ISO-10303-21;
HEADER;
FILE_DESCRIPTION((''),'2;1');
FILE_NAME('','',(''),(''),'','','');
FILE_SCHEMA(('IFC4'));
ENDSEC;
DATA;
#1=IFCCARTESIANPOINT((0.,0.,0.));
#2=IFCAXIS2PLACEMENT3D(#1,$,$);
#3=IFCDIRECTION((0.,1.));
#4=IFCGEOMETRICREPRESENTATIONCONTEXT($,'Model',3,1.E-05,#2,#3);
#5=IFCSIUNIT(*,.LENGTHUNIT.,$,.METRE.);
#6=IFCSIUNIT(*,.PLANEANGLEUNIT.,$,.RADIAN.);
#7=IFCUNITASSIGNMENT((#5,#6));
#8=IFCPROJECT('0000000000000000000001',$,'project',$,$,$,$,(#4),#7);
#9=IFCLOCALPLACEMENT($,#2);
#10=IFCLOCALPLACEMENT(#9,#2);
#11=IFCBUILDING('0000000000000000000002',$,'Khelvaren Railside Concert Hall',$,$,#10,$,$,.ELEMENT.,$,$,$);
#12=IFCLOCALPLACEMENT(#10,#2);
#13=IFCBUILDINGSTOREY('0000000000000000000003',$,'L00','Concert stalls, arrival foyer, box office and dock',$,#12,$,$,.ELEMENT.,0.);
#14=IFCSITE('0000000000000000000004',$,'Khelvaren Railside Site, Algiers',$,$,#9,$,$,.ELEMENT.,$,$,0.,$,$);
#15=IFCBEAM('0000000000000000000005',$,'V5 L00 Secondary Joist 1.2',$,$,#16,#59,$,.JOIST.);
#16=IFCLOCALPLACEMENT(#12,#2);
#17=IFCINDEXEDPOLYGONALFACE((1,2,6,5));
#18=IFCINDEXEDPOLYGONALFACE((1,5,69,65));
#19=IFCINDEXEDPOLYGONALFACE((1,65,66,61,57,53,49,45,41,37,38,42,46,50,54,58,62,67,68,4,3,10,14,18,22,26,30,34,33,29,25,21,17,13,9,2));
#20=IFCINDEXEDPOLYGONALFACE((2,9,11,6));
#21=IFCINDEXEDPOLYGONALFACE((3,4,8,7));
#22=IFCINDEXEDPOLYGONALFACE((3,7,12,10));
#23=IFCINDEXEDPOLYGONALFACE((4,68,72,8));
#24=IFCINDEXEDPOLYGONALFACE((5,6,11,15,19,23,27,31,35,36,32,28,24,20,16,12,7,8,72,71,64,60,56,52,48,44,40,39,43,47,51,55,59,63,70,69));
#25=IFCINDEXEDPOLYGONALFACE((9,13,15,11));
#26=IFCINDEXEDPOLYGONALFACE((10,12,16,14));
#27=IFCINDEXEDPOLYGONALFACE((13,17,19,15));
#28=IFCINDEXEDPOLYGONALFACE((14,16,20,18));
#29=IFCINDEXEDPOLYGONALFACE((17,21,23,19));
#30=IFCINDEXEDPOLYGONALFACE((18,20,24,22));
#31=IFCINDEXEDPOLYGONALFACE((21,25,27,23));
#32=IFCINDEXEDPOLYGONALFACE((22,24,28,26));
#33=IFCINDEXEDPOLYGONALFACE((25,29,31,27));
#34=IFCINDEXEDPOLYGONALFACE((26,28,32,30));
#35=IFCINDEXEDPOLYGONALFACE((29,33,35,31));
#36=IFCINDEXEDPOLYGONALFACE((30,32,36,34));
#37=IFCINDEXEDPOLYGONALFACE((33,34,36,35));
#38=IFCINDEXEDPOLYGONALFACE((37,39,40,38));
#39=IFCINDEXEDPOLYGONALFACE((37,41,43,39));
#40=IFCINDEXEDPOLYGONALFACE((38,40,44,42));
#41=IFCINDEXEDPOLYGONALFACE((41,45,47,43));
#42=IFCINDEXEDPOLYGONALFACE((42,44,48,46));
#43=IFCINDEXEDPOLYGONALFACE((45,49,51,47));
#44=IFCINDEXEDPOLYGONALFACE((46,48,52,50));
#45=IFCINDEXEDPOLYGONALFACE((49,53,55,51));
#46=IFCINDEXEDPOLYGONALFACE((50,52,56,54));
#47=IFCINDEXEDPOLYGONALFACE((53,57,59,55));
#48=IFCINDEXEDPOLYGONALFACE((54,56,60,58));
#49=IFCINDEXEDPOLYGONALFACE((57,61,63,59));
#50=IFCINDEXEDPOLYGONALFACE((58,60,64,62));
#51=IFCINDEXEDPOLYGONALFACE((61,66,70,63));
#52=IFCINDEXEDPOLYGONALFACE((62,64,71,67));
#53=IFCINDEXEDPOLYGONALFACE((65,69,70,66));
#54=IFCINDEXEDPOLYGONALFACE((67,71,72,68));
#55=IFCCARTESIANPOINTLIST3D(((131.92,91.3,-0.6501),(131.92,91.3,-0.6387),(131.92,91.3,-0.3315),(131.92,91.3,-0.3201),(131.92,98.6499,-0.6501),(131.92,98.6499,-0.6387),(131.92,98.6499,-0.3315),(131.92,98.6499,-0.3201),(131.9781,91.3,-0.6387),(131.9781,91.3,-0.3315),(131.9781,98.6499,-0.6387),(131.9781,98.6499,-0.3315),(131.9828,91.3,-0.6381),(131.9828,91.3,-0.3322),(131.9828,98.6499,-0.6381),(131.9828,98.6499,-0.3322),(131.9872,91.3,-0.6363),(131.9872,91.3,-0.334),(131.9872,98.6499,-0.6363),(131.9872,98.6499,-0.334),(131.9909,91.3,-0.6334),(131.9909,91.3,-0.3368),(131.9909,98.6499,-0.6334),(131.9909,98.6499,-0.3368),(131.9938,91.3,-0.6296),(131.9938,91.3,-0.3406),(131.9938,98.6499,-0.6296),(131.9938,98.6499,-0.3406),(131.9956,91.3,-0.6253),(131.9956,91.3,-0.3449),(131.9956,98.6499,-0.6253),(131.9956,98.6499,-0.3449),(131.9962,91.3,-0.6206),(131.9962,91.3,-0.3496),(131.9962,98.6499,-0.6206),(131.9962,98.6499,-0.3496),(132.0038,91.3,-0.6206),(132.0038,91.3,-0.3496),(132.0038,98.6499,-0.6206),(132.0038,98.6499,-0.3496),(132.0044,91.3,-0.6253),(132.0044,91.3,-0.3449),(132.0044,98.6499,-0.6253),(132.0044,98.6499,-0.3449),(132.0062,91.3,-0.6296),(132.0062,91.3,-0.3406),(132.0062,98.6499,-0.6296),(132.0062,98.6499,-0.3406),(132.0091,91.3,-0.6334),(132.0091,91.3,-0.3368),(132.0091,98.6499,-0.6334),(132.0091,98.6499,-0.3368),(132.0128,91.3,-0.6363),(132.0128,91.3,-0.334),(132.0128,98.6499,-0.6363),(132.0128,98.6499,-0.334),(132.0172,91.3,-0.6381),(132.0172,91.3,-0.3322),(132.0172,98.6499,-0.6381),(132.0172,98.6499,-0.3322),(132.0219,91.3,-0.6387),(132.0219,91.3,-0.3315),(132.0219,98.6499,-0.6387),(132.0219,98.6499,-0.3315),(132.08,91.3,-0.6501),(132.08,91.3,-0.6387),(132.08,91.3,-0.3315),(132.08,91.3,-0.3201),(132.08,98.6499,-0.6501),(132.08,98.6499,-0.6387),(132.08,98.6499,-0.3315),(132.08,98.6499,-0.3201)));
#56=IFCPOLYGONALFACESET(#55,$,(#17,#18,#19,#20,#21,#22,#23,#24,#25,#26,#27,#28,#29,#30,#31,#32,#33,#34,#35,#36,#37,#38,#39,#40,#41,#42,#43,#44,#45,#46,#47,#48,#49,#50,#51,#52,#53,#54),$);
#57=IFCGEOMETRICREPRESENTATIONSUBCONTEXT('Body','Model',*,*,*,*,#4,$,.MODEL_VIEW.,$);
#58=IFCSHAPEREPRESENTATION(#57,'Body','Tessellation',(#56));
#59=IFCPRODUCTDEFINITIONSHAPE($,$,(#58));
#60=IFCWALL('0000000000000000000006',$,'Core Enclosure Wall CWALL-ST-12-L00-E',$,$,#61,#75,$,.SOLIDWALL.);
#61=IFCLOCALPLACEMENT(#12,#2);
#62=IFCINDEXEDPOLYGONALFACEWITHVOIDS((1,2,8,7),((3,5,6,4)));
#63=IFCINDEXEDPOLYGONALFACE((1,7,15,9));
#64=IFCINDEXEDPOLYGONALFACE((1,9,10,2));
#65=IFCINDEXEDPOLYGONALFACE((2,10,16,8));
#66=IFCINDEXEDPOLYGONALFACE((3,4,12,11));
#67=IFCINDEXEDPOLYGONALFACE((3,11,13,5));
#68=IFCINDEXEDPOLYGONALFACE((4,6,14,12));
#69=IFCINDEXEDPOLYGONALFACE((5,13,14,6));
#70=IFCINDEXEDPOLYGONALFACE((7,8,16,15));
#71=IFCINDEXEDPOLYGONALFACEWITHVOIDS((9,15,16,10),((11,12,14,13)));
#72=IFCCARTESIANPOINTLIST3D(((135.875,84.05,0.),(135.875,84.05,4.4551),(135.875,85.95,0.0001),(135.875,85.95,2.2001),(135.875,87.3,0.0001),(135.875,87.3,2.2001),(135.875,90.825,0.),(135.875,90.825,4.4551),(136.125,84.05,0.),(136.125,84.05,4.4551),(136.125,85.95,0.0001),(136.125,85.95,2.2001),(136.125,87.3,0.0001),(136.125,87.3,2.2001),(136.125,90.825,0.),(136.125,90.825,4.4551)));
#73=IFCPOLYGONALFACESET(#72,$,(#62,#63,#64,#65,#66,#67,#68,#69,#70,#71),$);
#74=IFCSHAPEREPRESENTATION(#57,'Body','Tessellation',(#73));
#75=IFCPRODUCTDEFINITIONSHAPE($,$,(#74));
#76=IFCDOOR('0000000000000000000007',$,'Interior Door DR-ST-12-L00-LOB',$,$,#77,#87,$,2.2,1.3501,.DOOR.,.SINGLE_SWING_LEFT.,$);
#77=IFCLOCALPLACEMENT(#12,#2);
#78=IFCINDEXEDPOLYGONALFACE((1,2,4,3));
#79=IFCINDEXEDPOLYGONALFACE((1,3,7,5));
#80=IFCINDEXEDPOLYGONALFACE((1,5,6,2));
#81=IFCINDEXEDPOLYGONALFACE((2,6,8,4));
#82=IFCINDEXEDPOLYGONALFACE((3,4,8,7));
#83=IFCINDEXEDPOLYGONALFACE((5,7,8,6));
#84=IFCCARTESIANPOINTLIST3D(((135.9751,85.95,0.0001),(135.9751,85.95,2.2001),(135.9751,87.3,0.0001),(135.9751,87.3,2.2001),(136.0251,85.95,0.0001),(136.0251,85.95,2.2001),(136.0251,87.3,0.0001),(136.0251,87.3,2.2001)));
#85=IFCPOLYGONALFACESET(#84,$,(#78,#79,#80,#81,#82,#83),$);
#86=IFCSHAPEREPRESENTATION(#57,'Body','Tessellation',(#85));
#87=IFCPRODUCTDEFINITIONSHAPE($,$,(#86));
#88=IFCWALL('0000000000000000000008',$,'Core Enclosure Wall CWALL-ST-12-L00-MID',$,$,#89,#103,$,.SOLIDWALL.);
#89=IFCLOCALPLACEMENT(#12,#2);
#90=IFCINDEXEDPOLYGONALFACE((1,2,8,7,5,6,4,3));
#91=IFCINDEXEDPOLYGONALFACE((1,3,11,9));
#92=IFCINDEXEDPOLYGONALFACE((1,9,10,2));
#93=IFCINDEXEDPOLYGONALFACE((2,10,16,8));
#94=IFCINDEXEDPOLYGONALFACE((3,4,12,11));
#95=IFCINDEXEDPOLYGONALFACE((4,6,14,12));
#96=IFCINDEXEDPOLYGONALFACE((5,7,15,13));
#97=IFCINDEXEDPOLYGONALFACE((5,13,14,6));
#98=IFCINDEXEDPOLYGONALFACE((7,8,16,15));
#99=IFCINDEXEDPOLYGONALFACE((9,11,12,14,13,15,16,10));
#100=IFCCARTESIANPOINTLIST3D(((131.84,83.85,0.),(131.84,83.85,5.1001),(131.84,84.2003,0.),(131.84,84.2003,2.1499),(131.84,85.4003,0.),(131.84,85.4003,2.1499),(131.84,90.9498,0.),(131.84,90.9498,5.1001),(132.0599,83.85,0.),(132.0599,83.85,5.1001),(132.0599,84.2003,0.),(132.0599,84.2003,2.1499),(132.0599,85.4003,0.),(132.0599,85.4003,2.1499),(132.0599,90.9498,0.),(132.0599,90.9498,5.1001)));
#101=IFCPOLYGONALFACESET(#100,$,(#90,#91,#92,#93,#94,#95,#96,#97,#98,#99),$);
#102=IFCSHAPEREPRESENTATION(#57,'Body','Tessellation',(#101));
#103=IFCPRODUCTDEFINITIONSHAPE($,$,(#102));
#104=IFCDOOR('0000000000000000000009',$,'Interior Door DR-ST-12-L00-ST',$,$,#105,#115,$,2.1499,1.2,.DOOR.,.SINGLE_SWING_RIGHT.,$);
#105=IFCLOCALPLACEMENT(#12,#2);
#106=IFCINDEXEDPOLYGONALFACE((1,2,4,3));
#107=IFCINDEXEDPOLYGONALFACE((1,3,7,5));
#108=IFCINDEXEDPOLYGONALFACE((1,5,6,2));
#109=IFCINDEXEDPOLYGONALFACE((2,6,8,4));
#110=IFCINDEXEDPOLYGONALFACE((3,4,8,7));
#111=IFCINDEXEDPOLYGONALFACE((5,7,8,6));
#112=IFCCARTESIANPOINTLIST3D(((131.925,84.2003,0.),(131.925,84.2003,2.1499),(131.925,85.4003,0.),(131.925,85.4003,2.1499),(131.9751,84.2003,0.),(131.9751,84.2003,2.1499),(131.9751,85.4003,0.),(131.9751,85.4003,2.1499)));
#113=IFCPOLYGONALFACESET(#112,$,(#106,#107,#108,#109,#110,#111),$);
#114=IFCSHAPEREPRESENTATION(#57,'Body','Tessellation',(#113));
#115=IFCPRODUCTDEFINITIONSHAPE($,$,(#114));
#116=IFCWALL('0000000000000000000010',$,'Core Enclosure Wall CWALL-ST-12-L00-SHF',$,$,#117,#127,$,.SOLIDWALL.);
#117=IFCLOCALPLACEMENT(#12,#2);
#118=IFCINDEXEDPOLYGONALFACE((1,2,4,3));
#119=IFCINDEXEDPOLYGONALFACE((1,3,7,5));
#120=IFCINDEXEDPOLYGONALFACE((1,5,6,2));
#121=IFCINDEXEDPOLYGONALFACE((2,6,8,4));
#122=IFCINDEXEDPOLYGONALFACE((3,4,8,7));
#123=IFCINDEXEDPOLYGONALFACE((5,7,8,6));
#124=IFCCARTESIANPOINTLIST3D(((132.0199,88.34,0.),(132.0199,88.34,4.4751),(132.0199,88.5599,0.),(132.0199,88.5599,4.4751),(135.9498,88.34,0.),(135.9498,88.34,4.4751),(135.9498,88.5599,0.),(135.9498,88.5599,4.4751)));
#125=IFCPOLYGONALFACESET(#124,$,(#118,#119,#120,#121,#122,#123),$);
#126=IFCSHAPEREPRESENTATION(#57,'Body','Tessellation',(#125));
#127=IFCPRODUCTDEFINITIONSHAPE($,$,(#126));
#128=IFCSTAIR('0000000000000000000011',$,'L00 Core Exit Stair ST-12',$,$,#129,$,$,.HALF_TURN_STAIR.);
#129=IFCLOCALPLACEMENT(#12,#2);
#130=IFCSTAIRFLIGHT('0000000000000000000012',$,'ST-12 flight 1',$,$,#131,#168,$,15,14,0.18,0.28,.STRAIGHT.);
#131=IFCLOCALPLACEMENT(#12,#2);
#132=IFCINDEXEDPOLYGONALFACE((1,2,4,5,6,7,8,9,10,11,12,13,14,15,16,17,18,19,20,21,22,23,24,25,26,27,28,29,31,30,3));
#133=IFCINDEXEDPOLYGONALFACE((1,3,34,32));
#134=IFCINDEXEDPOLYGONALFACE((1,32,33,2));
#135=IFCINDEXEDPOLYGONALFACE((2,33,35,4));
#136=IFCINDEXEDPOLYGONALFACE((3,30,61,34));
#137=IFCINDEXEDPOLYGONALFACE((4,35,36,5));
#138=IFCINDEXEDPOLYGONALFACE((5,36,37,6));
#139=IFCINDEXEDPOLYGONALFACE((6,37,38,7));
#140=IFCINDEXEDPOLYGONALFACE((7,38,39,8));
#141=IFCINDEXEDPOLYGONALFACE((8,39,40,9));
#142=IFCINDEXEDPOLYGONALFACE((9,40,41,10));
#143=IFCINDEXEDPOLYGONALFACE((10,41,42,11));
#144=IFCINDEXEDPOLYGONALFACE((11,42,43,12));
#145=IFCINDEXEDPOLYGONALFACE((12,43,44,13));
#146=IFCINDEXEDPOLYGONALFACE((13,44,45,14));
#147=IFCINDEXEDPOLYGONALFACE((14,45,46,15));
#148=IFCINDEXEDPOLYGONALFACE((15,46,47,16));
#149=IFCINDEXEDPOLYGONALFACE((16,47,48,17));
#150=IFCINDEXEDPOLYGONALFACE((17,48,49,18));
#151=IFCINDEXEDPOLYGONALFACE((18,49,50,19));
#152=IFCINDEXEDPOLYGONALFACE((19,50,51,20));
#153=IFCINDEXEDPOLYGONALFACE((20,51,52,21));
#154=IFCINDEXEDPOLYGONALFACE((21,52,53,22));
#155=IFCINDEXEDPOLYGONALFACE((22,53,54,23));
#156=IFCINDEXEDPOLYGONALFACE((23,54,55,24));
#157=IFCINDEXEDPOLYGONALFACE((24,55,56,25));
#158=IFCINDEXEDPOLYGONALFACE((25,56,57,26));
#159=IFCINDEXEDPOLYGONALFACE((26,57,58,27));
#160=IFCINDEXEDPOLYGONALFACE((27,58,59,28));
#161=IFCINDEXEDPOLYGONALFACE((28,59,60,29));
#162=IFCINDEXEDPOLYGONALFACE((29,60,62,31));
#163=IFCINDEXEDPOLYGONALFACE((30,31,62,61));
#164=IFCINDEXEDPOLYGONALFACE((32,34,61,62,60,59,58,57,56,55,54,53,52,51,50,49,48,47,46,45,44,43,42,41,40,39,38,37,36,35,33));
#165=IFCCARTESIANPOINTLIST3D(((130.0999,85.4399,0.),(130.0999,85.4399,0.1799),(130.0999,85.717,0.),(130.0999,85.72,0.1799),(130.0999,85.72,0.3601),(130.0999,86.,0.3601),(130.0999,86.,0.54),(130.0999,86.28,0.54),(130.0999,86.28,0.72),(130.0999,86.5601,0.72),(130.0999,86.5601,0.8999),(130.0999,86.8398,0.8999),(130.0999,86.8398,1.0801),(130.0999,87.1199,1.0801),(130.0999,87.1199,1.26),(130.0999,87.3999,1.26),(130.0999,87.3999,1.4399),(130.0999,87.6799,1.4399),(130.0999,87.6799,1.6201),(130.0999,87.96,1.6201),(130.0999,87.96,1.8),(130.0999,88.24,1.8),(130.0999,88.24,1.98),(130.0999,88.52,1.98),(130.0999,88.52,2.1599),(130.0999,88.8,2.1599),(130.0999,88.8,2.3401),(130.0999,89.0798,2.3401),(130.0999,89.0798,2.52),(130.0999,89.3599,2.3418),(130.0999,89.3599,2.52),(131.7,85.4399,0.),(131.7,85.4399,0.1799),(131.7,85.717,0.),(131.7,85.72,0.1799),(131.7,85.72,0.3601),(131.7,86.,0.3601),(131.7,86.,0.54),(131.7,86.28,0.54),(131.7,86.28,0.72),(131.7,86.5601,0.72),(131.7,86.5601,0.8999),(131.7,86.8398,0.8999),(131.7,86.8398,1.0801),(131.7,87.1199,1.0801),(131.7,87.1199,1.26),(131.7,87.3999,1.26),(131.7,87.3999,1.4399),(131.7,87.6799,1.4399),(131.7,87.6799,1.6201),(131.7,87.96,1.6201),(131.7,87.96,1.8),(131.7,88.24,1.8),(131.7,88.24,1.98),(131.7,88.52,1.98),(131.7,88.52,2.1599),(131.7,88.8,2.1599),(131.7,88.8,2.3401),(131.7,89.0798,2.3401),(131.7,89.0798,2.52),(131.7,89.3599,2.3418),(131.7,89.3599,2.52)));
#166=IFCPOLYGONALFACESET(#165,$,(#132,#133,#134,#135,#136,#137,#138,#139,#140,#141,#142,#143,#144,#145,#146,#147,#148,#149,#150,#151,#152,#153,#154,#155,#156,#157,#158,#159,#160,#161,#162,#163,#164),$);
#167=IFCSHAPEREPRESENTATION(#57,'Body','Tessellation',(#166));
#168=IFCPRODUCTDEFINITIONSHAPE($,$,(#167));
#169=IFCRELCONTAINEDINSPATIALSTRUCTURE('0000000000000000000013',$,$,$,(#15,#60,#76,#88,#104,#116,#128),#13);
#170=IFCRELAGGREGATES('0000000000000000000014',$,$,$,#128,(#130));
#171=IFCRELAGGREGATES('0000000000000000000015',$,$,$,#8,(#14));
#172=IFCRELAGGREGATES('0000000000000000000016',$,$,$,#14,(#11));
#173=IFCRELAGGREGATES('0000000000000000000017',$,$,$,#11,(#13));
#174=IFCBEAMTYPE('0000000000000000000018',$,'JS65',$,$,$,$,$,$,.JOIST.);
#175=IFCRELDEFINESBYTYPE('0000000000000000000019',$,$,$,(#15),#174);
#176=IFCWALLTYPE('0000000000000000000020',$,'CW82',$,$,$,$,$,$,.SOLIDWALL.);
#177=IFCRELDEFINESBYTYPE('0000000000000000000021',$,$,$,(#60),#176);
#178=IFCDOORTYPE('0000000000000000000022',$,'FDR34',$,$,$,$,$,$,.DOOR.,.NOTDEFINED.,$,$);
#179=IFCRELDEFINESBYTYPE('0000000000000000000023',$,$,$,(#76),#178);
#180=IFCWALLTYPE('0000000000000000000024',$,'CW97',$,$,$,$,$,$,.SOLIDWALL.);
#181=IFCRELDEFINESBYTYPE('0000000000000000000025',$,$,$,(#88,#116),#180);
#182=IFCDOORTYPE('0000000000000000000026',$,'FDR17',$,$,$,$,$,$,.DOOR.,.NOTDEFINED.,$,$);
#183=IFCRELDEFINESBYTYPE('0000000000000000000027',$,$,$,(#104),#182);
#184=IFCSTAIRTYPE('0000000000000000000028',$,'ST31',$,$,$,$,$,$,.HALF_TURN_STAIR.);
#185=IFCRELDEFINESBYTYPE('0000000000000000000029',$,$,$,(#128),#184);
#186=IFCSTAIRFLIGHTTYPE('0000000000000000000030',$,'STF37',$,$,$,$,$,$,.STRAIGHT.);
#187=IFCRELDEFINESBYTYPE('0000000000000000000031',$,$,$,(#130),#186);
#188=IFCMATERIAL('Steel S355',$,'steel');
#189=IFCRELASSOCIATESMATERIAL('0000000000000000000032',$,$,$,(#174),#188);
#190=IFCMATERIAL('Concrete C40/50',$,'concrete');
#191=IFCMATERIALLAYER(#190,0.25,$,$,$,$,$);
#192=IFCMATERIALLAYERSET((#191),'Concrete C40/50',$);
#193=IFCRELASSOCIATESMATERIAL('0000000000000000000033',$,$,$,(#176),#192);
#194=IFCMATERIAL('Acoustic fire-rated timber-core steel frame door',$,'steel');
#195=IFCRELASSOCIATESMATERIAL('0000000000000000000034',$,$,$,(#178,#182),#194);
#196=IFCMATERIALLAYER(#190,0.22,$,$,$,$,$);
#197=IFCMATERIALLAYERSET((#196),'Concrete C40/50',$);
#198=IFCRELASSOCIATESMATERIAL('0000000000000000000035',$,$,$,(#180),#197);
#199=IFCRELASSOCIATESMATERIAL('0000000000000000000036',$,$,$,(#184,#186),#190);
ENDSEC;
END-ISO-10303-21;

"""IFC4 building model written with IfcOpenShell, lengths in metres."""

from ifc_helpers import new_model, si_unit, direction, frame, frame_2d, origin, origin_2d, place, context, subcontext, project, spatial, polyline, rectangle, i_section, outline, extrude, material, layer, layer_set, material_profile, profile_set, type_object, element, fill, aggregate, save


model = new_model("IFC4")

# Units and contexts
model_context = context("Model", 3, precision=1e-05, world=origin(), true_north=direction((0.0, 1.0)))
body_context = subcontext(model_context, "Body", "Model", "MODEL_VIEW")
ifc_project = project(units=[si_unit("LENGTHUNIT", "METRE"), si_unit("PLANEANGLEUNIT", "RADIAN")], contexts=[model_context])

# Site, building, storey
site_placement = place(None, origin())
site = spatial("IfcSite", under=ifc_project, at=site_placement, Name="Khelvaren Railside Site, Algiers", CompositionType="ELEMENT", RefElevation=0.0)
building_placement = place(site_placement, origin())
building = spatial("IfcBuilding", under=site, at=building_placement, Name="Khelvaren Railside Concert Hall", CompositionType="ELEMENT")
storey_placement = place(building_placement, origin())
storey = spatial("IfcBuildingStorey", under=building, at=storey_placement, Name="L00", Description="Concert stalls, arrival foyer, box office and dock", CompositionType="ELEMENT", Elevation=0.0)

# Beam
ifc_material_1 = material(Name="Steel S355", Category="steel")
ifc_material_profile_1 = material_profile(ifc_material_1, i_section(OverallWidth=0.1599, OverallDepth=0.3301, WebThickness=0.0076, FlangeThickness=0.0115, FilletRadius=0.0181, at=origin_2d()), Name="IPE 330")
ifc_profile_set_1 = profile_set([ifc_material_profile_1], Name="Steel S355")
beam_type_1 = type_object("IfcBeamType", Name="JS65", PredefinedType="JOIST", material=ifc_profile_set_1)
beam_1_placement = place(storey_placement, frame((132.0, 91.3, -0.4851), z_axis=(0.0, 1.0, 0.0), x_axis=(-1.0, 0.0, 0.0)))
element("IfcBeam", 1, at=beam_1_placement, inside=storey, type_object=beam_type_1, Name="V5 L00 Secondary Joist 1.2", PredefinedType="JOIST", context=body_context, shape_type="SweptSolid", body=[
    extrude(i_section(OverallWidth=0.1599, OverallDepth=0.3301, WebThickness=0.0076, FlangeThickness=0.0115, FilletRadius=0.0181, at=origin_2d()), origin(), (0.0, 0.0, 1.0), 7.3499),
])

# Walls, openings, doors
ifc_material_2 = material(Name="Concrete C40/50", Category="concrete")
ifc_layer_1 = layer(ifc_material_2, 0.25)
ifc_layer_set_1 = layer_set([ifc_layer_1], Name="Concrete C40/50")
wall_type_1 = type_object("IfcWallType", Name="CW82", PredefinedType="SOLIDWALL", material=ifc_layer_set_1)
wall_1_placement = place(storey_placement, frame((136.0, 84.05, 0.0), z_axis=(0.0, 0.0, 1.0), x_axis=(0.0, 1.0, 0.0)))
wall_1 = element("IfcWall", 2, at=wall_1_placement, inside=storey, type_object=wall_type_1, Name="Core Enclosure Wall CWALL-ST-12-L00-E", PredefinedType="SOLIDWALL", context=body_context, shape_type="SweptSolid", body=[
    extrude(rectangle(XDim=6.7749, YDim=0.25, at=frame_2d((3.3875, 0.0))), origin(), (0.0, 0.0, 1.0), 4.4551),
])
opening_1_placement = place(wall_1_placement, frame((1.8999, 0.0, 0.0)))
opening_1 = element("IfcOpeningElement", 3, at=opening_1_placement, cuts=wall_1, PredefinedType="OPENING", context=body_context, shape_type="SweptSolid", body=[
    extrude(rectangle(XDim=1.3501, YDim=2.2, at=frame_2d((0.675, 1.1001))), frame((0.0, 0.135, 0.0), z_axis=(0.0, -1.0, 0.0), x_axis=(1.0, 0.0, 0.0)), (0.0, 0.0, 1.0), 0.27),
])
ifc_material_3 = material(Name="Acoustic fire-rated timber-core steel frame door", Category="steel")
door_type_1 = type_object("IfcDoorType", Name="FDR34", OperationType="NOTDEFINED", PredefinedType="DOOR", material=ifc_material_3)
door_1_placement = place(opening_1_placement, origin())
door_1 = element("IfcDoor", 4, at=door_1_placement, inside=storey, type_object=door_type_1, Name="Interior Door DR-ST-12-L00-LOB", OperationType="SINGLE_SWING_LEFT", OverallHeight=2.2, OverallWidth=1.3501, PredefinedType="DOOR", context=body_context, shape_type="SweptSolid", body=[
    extrude(rectangle(XDim=1.3501, YDim=2.2, at=frame_2d((0.675, 1.1001))), frame((0.0, 0.0249, 0.0), z_axis=(0.0, -1.0, 0.0), x_axis=(1.0, 0.0, 0.0)), (0.0, 0.0, 1.0), 0.05),
])
fill(opening_1, door_1)
ifc_layer_2 = layer(ifc_material_2, 0.22)
ifc_layer_set_2 = layer_set([ifc_layer_2], Name="Concrete C40/50")
wall_type_2 = type_object("IfcWallType", Name="CW97", PredefinedType="SOLIDWALL", material=ifc_layer_set_2)
wall_2_placement = place(storey_placement, frame((131.95, 83.8501, 0.0), z_axis=(0.0, 0.0, 1.0), x_axis=(0.0, 1.0, 0.0)))
wall_2 = element("IfcWall", 5, at=wall_2_placement, inside=storey, type_object=wall_type_2, Name="Core Enclosure Wall CWALL-ST-12-L00-MID", PredefinedType="SOLIDWALL", context=body_context, shape_type="SweptSolid", body=[
    extrude(rectangle(XDim=7.0999, YDim=0.22, at=frame_2d((3.5498, 0.0))), origin(), (0.0, 0.0, 1.0), 5.1001),
])
opening_2_placement = place(wall_2_placement, frame((0.3501, 0.0, 0.0)))
opening_2 = element("IfcOpeningElement", 6, at=opening_2_placement, cuts=wall_2, PredefinedType="OPENING", context=body_context, shape_type="SweptSolid", body=[
    extrude(rectangle(XDim=1.2, YDim=2.1499, at=frame_2d((0.6001, 1.075))), frame((0.0, 0.1199, 0.0), z_axis=(0.0, -1.0, 0.0), x_axis=(1.0, 0.0, 0.0)), (0.0, 0.0, 1.0), 0.24),
])
door_type_2 = type_object("IfcDoorType", Name="FDR17", OperationType="NOTDEFINED", PredefinedType="DOOR", material=ifc_material_3)
door_2_placement = place(opening_2_placement, origin())
door_2 = element("IfcDoor", 7, at=door_2_placement, inside=storey, type_object=door_type_2, Name="Interior Door DR-ST-12-L00-ST", OperationType="SINGLE_SWING_RIGHT", OverallHeight=2.1499, OverallWidth=1.2, PredefinedType="DOOR", context=body_context, shape_type="SweptSolid", body=[
    extrude(rectangle(XDim=1.2, YDim=2.1499, at=frame_2d((0.6001, 1.075))), frame((0.0, 0.0249, 0.0), z_axis=(0.0, -1.0, 0.0), x_axis=(1.0, 0.0, 0.0)), (0.0, 0.0, 1.0), 0.05),
])
fill(opening_2, door_2)

# Wall
wall_3_placement = place(storey_placement, frame((132.02, 88.45, 0.0), z_axis=(0.0, 0.0, 1.0), x_axis=(1.0, 0.0, 0.0)))
element("IfcWall", 8, at=wall_3_placement, inside=storey, type_object=wall_type_2, Name="Core Enclosure Wall CWALL-ST-12-L00-SHF", PredefinedType="SOLIDWALL", context=body_context, shape_type="SweptSolid", body=[
    extrude(rectangle(XDim=3.9299, YDim=0.22, at=frame_2d((1.9648, 0.0))), origin(), (0.0, 0.0, 1.0), 4.4751),
])

# Stair, stair flight
stair_type = type_object("IfcStairType", Name="ST31", PredefinedType="HALF_TURN_STAIR", material=ifc_material_2)
stair_placement = place(storey_placement, origin())
stair = element("IfcStair", 9, at=stair_placement, inside=storey, type_object=stair_type, Name="L00 Core Exit Stair ST-12", PredefinedType="HALF_TURN_STAIR")
stair_flight_type = type_object("IfcStairFlightType", Name="STF37", PredefinedType="STRAIGHT", material=ifc_material_2)
stair_flight_placement = place(storey_placement, frame((130.8999, 85.4399, 0.0), z_axis=(0.0, 0.0, 1.0), x_axis=(0.0, 1.0, 0.0)))
stair_flight = element("IfcStairFlight", 10, at=stair_flight_placement, type_object=stair_flight_type, Name="ST-12 flight 1", NumberOfRisers=15, NumberOfTreads=14, PredefinedType="STRAIGHT", RiserHeight=0.18, TreadLength=0.28, context=body_context, shape_type="SweptSolid", body=[
    extrude(outline(polyline([(0.0, 0.0), (0.0, 0.1799), (0.28, 0.1799), (0.28, 0.3601), (0.5601, 0.3601), (0.5601, 0.54), (0.8401, 0.54), (0.8401, 0.72), (1.1201, 0.72), (1.1201, 0.8999), (1.3999, 0.8999), (1.3999, 1.0801), (1.6799, 1.0801), (1.6799, 1.26), (1.96, 1.26), (1.96, 1.4399), (2.24, 1.4399), (2.24, 1.6201), (2.52, 1.6201), (2.52, 1.8), (2.8, 1.8), (2.8, 1.98), (3.0801, 1.98), (3.0801, 2.1599), (3.3601, 2.1599), (3.3601, 2.3401), (3.6399, 2.3401), (3.6399, 2.52), (3.9199, 2.52), (3.9199, 2.7), (3.9199, 2.3418), (0.2771, 0.0), (0.0, 0.0)])), frame((0.0, 0.8, 0.0), z_axis=(0.0, -1.0, 0.0), x_axis=(1.0, 0.0, 0.0)), (0.0, 0.0, 1.0), 1.6001),
])
aggregate(stair, [stair_flight])

save(model, "model.ifc")
